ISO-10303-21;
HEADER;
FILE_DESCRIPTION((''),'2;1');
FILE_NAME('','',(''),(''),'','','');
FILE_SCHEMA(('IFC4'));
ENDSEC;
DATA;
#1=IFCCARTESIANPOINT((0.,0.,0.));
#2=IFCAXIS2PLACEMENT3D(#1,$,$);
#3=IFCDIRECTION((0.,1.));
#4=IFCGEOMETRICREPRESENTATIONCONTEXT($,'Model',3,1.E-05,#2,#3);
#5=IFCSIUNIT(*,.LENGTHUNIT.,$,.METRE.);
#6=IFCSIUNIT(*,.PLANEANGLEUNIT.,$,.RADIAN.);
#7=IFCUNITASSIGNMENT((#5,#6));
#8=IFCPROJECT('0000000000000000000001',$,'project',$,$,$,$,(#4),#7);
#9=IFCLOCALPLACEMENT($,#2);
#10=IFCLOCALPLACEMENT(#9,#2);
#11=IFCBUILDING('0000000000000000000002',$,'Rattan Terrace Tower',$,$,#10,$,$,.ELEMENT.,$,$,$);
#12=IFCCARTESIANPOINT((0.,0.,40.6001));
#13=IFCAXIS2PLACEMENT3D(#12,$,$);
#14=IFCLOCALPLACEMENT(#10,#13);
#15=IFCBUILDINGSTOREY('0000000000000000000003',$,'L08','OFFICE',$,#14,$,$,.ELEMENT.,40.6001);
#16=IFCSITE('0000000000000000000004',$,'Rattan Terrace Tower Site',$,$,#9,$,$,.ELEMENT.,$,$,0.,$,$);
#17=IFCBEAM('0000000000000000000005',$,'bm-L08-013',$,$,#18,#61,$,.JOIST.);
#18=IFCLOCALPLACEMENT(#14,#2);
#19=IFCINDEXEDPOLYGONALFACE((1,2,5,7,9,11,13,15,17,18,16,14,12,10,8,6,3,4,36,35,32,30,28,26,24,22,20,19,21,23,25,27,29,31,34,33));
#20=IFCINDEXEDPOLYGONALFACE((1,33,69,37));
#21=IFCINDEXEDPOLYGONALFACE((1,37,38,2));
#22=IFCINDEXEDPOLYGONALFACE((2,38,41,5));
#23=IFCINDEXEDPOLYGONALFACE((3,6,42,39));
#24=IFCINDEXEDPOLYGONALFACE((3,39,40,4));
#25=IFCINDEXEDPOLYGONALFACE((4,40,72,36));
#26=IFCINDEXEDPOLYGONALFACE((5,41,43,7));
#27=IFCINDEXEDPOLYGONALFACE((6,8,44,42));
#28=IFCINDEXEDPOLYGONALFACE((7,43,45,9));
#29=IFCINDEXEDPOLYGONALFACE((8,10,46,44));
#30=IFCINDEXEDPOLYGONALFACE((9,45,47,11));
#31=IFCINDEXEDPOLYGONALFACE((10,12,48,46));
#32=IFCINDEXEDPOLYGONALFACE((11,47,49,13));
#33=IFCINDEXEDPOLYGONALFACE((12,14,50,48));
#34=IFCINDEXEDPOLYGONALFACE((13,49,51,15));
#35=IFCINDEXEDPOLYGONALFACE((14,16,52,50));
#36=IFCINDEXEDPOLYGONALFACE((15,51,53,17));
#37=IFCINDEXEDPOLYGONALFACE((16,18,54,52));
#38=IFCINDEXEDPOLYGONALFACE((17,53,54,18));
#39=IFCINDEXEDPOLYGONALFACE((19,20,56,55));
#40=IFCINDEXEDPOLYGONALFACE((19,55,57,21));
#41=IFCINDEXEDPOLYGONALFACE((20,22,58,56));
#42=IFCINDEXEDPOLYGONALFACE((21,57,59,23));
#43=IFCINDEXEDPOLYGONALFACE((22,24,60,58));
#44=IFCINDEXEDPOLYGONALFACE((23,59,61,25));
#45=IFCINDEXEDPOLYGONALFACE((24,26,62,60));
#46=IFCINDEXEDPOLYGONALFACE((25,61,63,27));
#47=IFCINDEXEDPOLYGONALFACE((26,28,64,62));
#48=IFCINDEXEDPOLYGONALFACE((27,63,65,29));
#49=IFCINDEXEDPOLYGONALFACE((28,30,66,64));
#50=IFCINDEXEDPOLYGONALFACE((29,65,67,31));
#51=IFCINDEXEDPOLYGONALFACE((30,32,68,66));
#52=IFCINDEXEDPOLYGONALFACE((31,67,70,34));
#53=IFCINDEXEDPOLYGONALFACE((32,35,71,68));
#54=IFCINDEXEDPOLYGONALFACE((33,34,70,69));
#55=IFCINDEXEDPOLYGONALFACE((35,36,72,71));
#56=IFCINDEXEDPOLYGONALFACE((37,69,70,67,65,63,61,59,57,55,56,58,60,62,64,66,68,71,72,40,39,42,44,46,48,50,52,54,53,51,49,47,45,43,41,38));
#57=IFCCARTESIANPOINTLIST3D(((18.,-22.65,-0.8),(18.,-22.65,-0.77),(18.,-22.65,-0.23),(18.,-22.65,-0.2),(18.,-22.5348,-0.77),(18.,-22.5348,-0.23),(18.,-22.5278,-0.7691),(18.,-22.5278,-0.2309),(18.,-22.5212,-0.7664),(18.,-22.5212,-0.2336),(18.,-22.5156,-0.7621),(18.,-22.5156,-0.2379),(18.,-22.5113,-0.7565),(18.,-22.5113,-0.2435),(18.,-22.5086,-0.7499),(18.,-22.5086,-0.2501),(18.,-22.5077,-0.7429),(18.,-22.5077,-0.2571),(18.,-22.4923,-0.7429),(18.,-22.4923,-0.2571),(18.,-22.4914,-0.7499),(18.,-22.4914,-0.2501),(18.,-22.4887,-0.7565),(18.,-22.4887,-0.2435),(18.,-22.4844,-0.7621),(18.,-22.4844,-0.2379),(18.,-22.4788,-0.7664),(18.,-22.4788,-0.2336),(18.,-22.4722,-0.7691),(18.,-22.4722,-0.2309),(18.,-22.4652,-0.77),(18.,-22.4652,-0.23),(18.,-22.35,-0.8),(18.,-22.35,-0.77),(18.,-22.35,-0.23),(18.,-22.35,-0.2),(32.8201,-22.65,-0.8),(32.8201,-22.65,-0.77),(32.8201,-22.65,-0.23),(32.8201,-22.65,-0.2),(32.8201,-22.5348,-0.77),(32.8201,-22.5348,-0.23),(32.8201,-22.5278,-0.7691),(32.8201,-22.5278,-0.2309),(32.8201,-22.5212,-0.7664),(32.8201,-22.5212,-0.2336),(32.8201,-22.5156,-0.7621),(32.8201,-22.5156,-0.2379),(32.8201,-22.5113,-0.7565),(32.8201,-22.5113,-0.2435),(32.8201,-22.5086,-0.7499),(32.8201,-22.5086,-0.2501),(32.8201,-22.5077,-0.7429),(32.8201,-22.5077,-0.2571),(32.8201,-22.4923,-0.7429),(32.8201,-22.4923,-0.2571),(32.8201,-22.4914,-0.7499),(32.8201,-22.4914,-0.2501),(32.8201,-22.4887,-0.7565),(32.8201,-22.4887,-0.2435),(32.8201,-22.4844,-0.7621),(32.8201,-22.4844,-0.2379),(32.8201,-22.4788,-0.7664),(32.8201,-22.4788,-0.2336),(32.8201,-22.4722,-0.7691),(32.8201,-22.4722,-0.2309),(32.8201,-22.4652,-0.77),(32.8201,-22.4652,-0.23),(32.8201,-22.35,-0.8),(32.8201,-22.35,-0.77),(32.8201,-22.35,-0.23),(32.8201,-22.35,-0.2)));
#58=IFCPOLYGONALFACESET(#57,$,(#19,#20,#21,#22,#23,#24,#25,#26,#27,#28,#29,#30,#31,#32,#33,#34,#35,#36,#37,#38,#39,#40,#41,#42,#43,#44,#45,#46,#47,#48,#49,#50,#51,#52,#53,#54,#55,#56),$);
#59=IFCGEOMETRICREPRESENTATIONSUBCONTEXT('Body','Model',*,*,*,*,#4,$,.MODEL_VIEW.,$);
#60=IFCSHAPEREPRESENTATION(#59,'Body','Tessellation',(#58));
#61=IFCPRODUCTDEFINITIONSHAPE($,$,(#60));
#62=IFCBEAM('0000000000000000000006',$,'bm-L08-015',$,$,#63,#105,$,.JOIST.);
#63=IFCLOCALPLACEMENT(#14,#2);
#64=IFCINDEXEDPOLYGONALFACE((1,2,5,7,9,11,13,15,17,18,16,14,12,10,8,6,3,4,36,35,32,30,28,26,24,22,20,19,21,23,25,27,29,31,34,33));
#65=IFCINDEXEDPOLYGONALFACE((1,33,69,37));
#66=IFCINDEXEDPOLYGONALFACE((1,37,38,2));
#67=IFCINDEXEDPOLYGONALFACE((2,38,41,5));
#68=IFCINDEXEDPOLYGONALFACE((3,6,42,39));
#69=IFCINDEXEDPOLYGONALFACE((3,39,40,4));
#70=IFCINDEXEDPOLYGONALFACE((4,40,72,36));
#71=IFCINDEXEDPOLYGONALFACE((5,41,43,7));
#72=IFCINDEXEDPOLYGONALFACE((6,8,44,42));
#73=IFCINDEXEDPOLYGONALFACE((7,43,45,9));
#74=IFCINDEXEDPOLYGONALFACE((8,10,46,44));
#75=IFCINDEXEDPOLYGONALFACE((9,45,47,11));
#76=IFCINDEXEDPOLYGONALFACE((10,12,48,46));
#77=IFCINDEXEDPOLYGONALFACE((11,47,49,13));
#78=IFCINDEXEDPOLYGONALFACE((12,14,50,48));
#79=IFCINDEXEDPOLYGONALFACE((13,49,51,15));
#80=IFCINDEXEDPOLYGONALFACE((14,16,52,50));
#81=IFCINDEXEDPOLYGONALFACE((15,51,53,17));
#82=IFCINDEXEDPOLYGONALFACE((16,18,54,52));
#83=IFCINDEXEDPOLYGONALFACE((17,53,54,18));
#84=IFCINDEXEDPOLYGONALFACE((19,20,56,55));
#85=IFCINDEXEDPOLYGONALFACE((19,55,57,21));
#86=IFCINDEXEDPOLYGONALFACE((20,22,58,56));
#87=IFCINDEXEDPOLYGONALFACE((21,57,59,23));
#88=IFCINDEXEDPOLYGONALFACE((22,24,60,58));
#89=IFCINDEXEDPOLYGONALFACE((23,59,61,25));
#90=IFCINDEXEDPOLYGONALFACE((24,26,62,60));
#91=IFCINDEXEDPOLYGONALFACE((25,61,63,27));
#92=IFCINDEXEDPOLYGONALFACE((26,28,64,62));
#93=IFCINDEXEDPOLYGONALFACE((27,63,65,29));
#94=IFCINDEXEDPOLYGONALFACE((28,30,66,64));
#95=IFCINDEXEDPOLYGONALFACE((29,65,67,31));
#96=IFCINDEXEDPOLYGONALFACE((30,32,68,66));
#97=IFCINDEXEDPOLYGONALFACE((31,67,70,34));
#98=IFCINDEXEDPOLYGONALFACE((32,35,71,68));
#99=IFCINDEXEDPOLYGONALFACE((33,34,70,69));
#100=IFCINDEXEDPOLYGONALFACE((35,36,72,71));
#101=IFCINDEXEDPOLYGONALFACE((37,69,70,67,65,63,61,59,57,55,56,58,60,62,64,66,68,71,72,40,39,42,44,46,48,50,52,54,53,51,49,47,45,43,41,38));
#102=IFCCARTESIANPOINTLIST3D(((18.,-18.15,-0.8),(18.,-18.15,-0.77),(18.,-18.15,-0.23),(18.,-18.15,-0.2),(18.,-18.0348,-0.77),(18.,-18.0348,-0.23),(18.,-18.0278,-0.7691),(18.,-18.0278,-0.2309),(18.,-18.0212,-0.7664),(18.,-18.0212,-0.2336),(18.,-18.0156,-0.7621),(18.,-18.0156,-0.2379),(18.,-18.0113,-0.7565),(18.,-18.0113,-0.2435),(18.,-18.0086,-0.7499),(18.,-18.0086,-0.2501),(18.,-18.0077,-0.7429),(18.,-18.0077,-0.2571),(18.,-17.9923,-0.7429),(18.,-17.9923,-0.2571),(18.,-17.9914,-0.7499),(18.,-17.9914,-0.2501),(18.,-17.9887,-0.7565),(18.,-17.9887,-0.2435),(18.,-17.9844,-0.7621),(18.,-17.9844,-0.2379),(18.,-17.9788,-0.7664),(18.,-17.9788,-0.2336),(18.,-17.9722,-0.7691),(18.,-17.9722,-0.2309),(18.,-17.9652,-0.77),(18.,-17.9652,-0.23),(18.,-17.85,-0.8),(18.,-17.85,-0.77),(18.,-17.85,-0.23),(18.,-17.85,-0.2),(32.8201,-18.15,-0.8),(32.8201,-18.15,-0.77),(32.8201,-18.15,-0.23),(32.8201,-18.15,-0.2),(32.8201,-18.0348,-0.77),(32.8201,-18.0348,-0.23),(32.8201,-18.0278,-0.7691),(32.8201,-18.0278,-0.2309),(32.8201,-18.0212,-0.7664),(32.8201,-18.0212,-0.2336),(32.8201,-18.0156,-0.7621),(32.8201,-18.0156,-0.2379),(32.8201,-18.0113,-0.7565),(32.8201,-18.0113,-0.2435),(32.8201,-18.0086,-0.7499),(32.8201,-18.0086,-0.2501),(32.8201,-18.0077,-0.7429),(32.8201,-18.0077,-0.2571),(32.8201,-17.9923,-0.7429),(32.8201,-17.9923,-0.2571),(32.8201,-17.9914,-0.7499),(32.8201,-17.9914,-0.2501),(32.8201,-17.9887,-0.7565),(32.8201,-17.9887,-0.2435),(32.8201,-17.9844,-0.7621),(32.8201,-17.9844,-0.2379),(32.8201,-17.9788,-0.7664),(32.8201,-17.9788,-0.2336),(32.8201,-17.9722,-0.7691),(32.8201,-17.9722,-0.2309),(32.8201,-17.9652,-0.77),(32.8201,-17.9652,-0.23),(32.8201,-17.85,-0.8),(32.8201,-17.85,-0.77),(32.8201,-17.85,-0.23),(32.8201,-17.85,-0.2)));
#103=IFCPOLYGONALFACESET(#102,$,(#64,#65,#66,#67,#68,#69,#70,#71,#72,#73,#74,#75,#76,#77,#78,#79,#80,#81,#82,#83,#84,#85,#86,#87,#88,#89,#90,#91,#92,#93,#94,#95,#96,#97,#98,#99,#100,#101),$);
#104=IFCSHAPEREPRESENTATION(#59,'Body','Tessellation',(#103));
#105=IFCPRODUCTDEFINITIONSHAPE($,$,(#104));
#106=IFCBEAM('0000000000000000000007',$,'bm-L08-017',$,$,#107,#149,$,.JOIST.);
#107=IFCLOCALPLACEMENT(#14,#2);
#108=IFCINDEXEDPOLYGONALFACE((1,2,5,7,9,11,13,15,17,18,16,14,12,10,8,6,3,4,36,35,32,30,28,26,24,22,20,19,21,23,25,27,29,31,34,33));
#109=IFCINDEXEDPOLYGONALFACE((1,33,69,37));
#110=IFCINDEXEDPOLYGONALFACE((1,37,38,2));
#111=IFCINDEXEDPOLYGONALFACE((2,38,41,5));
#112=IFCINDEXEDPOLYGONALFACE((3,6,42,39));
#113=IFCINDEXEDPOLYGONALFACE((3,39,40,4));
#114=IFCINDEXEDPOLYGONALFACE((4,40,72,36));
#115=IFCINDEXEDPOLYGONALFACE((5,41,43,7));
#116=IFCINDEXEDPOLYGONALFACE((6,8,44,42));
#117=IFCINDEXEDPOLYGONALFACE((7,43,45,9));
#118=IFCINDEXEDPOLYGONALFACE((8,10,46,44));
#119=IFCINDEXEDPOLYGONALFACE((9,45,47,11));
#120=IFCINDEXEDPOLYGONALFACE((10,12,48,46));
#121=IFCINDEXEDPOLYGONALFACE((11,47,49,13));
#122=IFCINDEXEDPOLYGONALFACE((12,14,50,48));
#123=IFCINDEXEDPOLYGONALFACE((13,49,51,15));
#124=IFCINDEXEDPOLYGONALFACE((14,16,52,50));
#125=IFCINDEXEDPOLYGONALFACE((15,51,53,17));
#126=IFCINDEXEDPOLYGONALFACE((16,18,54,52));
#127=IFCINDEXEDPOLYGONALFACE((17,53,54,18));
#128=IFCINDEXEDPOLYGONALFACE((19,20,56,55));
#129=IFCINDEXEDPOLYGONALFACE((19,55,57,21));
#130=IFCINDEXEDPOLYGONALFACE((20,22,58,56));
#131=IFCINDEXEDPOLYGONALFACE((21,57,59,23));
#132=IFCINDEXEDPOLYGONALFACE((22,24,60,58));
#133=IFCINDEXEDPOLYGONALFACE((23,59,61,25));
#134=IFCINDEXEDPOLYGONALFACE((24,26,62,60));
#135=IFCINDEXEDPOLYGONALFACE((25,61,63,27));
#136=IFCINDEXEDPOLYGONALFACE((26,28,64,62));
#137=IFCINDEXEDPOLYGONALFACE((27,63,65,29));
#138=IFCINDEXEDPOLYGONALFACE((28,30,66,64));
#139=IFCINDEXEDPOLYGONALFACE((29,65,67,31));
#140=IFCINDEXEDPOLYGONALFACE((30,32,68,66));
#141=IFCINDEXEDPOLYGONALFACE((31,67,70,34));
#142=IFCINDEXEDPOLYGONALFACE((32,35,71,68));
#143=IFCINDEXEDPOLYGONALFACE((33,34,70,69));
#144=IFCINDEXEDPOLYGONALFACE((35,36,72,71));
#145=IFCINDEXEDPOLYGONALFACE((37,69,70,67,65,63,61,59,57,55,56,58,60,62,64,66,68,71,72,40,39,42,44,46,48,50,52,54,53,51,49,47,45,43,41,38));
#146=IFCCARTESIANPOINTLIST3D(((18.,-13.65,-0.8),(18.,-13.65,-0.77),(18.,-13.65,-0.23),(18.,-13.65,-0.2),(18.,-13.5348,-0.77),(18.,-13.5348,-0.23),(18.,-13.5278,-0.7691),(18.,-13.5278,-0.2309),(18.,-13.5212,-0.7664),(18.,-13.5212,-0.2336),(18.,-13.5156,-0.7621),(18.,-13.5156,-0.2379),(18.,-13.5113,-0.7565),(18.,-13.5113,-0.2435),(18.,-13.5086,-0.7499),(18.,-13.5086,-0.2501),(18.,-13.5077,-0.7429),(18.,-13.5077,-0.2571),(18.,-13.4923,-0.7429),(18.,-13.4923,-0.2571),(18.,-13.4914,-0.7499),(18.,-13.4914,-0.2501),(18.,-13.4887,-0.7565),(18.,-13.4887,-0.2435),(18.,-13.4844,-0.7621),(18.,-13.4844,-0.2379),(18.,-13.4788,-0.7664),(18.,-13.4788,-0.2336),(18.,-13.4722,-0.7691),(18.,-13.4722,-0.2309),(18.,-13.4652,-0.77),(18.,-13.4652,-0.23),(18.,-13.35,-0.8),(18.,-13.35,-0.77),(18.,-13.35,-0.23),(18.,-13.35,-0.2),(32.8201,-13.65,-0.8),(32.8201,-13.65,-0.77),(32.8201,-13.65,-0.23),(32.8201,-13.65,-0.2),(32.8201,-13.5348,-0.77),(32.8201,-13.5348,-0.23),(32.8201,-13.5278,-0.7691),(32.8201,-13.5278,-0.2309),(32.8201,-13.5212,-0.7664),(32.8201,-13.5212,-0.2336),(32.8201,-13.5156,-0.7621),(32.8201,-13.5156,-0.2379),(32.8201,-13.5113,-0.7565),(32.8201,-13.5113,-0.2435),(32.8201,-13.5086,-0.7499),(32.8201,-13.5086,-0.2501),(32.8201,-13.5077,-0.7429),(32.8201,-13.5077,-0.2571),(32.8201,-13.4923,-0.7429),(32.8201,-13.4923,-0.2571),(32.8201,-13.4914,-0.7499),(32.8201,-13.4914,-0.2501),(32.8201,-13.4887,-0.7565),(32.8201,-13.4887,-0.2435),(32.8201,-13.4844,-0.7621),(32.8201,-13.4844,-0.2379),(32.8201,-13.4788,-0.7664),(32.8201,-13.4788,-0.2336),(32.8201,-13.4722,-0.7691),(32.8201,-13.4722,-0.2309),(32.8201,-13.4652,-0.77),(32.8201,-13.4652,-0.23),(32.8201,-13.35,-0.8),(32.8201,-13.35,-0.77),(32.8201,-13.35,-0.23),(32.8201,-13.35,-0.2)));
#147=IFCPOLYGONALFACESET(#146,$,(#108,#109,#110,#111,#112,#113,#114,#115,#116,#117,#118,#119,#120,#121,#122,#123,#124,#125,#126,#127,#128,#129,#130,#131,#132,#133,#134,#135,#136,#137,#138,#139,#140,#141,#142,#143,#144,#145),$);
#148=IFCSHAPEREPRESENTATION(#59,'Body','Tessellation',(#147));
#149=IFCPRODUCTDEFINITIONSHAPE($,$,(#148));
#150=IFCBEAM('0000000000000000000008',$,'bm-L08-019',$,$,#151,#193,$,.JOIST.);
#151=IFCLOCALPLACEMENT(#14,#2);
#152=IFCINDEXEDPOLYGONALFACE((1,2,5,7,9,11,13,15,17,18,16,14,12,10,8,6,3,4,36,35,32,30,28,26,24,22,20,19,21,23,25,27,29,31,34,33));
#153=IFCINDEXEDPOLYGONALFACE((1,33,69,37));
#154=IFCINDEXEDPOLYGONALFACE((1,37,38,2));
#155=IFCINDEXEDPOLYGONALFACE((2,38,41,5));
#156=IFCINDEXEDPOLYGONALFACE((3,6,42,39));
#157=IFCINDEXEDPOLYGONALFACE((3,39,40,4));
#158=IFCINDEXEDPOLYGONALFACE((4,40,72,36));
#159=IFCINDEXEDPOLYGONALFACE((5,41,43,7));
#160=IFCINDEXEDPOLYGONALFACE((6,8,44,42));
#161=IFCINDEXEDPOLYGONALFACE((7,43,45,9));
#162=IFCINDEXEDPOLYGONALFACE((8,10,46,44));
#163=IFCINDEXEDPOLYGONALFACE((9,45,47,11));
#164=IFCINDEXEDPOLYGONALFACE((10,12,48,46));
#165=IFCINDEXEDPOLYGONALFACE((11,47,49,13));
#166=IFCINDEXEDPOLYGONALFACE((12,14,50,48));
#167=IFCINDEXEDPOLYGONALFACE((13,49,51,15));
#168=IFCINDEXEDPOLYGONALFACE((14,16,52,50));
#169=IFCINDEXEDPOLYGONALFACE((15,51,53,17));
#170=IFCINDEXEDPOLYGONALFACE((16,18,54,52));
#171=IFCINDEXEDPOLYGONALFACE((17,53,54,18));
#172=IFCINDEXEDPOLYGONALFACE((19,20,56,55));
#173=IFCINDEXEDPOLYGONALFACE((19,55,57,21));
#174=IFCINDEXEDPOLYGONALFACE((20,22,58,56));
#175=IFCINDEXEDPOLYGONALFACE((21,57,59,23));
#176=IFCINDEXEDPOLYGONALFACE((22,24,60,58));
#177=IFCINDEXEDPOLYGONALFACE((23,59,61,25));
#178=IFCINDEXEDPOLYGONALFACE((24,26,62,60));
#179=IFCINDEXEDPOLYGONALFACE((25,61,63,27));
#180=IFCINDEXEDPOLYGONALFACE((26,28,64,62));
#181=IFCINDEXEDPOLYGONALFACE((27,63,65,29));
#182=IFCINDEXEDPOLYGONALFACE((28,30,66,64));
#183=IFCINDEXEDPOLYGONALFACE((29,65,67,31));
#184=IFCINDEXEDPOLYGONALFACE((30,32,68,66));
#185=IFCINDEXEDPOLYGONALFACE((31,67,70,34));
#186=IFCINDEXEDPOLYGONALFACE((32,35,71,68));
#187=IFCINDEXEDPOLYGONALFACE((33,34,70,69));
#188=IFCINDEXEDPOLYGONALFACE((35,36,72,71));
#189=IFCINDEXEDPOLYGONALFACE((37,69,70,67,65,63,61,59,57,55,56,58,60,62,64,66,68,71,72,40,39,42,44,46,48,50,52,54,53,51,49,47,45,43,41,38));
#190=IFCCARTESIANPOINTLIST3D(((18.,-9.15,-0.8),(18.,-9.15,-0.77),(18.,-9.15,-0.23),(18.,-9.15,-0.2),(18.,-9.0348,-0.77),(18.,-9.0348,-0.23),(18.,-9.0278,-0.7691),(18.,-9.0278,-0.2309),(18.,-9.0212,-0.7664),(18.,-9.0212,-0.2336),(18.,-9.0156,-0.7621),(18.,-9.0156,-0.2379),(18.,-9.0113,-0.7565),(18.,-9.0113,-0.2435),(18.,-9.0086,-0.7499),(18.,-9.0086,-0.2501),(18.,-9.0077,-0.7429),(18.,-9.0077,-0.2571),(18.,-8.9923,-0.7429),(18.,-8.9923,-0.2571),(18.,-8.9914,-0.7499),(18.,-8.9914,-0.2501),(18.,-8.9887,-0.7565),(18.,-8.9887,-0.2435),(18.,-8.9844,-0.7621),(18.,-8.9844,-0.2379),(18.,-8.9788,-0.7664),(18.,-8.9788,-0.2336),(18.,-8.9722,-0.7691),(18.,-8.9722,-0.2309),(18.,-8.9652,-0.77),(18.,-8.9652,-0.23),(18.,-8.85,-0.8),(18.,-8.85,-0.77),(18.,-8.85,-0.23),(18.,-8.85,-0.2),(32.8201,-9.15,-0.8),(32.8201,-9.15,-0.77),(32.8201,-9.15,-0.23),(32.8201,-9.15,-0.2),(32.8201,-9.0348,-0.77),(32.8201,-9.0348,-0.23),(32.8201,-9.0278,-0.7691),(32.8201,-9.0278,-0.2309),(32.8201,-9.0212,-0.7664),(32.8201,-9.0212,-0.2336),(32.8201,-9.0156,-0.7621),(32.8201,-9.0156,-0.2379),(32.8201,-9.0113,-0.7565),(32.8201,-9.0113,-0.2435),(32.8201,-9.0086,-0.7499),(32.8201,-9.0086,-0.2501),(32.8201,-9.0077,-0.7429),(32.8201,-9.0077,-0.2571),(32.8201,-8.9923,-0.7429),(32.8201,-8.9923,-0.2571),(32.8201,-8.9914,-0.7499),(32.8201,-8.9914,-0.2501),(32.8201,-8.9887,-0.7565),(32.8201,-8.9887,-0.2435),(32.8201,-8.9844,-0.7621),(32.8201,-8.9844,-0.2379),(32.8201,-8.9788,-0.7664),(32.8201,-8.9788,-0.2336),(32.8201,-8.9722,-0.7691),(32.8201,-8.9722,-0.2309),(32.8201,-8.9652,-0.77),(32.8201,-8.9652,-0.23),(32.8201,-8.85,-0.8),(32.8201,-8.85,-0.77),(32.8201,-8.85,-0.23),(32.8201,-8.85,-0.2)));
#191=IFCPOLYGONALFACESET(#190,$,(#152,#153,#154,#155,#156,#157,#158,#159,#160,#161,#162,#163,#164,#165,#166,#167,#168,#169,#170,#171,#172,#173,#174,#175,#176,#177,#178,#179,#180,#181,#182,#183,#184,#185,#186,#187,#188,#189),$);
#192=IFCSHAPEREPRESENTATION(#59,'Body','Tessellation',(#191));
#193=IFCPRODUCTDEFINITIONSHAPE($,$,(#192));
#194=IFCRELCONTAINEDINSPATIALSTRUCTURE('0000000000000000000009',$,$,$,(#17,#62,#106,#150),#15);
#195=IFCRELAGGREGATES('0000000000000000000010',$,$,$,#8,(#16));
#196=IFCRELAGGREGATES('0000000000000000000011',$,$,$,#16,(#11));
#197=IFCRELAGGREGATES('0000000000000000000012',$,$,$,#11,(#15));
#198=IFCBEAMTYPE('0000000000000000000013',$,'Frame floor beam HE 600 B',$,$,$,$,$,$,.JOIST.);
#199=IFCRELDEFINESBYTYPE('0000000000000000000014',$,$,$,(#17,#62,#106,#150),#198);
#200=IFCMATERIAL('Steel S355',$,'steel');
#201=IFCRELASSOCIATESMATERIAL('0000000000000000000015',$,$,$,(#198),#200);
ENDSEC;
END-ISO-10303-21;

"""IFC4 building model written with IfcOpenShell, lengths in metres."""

from ifc_helpers import new_model, si_unit, direction, frame, origin, origin_2d, place, context, subcontext, project, spatial, i_section, extrude, material, material_profile, profile_set, type_object, element, save


model = new_model("IFC4")

# Units and contexts
model_context = context("Model", 3, precision=1e-05, world=origin(), true_north=direction((0.0, 1.0)))
body_context = subcontext(model_context, "Body", "Model", "MODEL_VIEW")
ifc_project = project(units=[si_unit("LENGTHUNIT", "METRE"), si_unit("PLANEANGLEUNIT", "RADIAN")], contexts=[model_context])

# Site, building, storey
site_placement = place(None, origin())
site = spatial("IfcSite", under=ifc_project, at=site_placement, Name="Rattan Terrace Tower Site", CompositionType="ELEMENT", RefElevation=0.0)
building_placement = place(site_placement, origin())
building = spatial("IfcBuilding", under=site, at=building_placement, Name="Rattan Terrace Tower", CompositionType="ELEMENT")
storey_placement = place(building_placement, frame((0.0, 0.0, 40.6001)))
storey = spatial("IfcBuildingStorey", under=building, at=storey_placement, Name="L08", Description="OFFICE", CompositionType="ELEMENT", Elevation=40.6001)

# Beams
ifc_material_1 = material(Name="Steel S355", Category="steel")
ifc_material_profile = material_profile(ifc_material_1, i_section(OverallWidth=0.3, OverallDepth=0.6001, WebThickness=0.0154, FlangeThickness=0.03, FilletRadius=0.0271, at=origin_2d()), Name="HE 600 B")
ifc_profile_set = profile_set([ifc_material_profile], Name="Steel S355")
beam_type = type_object("IfcBeamType", Name="Frame floor beam HE 600 B", PredefinedType="JOIST", material=ifc_profile_set)
for number, where, z_axis, x_axis, name in (
    (1, (18.0, -22.5, -0.5), (1.0, 0.0, 0.0), (0.0, 1.0, 0.0), "bm-L08-013"),
    (2, (18.0, -18.0, -0.5), (1.0, 0.0, 0.0), (0.0, 1.0, 0.0), "bm-L08-015"),
    (3, (18.0, -13.5, -0.5), (1.0, 0.0, 0.0), (0.0, 1.0, 0.0), "bm-L08-017"),
    (4, (18.0, -9.0, -0.5), (1.0, 0.0, 0.0), (0.0, 1.0, 0.0), "bm-L08-019"),
):
    element("IfcBeam", number, at=place(storey_placement, frame(where, z_axis=z_axis, x_axis=x_axis)), inside=storey, type_object=beam_type, Name=name, PredefinedType="JOIST", context=body_context, shape_type="SweptSolid", body=[
        extrude(i_section(OverallWidth=0.3, OverallDepth=0.6001, WebThickness=0.0154, FlangeThickness=0.03, FilletRadius=0.0271, at=origin_2d()), origin(), (0.0, 0.0, 1.0), 14.8201),
    ])

save(model, "model.ifc")
